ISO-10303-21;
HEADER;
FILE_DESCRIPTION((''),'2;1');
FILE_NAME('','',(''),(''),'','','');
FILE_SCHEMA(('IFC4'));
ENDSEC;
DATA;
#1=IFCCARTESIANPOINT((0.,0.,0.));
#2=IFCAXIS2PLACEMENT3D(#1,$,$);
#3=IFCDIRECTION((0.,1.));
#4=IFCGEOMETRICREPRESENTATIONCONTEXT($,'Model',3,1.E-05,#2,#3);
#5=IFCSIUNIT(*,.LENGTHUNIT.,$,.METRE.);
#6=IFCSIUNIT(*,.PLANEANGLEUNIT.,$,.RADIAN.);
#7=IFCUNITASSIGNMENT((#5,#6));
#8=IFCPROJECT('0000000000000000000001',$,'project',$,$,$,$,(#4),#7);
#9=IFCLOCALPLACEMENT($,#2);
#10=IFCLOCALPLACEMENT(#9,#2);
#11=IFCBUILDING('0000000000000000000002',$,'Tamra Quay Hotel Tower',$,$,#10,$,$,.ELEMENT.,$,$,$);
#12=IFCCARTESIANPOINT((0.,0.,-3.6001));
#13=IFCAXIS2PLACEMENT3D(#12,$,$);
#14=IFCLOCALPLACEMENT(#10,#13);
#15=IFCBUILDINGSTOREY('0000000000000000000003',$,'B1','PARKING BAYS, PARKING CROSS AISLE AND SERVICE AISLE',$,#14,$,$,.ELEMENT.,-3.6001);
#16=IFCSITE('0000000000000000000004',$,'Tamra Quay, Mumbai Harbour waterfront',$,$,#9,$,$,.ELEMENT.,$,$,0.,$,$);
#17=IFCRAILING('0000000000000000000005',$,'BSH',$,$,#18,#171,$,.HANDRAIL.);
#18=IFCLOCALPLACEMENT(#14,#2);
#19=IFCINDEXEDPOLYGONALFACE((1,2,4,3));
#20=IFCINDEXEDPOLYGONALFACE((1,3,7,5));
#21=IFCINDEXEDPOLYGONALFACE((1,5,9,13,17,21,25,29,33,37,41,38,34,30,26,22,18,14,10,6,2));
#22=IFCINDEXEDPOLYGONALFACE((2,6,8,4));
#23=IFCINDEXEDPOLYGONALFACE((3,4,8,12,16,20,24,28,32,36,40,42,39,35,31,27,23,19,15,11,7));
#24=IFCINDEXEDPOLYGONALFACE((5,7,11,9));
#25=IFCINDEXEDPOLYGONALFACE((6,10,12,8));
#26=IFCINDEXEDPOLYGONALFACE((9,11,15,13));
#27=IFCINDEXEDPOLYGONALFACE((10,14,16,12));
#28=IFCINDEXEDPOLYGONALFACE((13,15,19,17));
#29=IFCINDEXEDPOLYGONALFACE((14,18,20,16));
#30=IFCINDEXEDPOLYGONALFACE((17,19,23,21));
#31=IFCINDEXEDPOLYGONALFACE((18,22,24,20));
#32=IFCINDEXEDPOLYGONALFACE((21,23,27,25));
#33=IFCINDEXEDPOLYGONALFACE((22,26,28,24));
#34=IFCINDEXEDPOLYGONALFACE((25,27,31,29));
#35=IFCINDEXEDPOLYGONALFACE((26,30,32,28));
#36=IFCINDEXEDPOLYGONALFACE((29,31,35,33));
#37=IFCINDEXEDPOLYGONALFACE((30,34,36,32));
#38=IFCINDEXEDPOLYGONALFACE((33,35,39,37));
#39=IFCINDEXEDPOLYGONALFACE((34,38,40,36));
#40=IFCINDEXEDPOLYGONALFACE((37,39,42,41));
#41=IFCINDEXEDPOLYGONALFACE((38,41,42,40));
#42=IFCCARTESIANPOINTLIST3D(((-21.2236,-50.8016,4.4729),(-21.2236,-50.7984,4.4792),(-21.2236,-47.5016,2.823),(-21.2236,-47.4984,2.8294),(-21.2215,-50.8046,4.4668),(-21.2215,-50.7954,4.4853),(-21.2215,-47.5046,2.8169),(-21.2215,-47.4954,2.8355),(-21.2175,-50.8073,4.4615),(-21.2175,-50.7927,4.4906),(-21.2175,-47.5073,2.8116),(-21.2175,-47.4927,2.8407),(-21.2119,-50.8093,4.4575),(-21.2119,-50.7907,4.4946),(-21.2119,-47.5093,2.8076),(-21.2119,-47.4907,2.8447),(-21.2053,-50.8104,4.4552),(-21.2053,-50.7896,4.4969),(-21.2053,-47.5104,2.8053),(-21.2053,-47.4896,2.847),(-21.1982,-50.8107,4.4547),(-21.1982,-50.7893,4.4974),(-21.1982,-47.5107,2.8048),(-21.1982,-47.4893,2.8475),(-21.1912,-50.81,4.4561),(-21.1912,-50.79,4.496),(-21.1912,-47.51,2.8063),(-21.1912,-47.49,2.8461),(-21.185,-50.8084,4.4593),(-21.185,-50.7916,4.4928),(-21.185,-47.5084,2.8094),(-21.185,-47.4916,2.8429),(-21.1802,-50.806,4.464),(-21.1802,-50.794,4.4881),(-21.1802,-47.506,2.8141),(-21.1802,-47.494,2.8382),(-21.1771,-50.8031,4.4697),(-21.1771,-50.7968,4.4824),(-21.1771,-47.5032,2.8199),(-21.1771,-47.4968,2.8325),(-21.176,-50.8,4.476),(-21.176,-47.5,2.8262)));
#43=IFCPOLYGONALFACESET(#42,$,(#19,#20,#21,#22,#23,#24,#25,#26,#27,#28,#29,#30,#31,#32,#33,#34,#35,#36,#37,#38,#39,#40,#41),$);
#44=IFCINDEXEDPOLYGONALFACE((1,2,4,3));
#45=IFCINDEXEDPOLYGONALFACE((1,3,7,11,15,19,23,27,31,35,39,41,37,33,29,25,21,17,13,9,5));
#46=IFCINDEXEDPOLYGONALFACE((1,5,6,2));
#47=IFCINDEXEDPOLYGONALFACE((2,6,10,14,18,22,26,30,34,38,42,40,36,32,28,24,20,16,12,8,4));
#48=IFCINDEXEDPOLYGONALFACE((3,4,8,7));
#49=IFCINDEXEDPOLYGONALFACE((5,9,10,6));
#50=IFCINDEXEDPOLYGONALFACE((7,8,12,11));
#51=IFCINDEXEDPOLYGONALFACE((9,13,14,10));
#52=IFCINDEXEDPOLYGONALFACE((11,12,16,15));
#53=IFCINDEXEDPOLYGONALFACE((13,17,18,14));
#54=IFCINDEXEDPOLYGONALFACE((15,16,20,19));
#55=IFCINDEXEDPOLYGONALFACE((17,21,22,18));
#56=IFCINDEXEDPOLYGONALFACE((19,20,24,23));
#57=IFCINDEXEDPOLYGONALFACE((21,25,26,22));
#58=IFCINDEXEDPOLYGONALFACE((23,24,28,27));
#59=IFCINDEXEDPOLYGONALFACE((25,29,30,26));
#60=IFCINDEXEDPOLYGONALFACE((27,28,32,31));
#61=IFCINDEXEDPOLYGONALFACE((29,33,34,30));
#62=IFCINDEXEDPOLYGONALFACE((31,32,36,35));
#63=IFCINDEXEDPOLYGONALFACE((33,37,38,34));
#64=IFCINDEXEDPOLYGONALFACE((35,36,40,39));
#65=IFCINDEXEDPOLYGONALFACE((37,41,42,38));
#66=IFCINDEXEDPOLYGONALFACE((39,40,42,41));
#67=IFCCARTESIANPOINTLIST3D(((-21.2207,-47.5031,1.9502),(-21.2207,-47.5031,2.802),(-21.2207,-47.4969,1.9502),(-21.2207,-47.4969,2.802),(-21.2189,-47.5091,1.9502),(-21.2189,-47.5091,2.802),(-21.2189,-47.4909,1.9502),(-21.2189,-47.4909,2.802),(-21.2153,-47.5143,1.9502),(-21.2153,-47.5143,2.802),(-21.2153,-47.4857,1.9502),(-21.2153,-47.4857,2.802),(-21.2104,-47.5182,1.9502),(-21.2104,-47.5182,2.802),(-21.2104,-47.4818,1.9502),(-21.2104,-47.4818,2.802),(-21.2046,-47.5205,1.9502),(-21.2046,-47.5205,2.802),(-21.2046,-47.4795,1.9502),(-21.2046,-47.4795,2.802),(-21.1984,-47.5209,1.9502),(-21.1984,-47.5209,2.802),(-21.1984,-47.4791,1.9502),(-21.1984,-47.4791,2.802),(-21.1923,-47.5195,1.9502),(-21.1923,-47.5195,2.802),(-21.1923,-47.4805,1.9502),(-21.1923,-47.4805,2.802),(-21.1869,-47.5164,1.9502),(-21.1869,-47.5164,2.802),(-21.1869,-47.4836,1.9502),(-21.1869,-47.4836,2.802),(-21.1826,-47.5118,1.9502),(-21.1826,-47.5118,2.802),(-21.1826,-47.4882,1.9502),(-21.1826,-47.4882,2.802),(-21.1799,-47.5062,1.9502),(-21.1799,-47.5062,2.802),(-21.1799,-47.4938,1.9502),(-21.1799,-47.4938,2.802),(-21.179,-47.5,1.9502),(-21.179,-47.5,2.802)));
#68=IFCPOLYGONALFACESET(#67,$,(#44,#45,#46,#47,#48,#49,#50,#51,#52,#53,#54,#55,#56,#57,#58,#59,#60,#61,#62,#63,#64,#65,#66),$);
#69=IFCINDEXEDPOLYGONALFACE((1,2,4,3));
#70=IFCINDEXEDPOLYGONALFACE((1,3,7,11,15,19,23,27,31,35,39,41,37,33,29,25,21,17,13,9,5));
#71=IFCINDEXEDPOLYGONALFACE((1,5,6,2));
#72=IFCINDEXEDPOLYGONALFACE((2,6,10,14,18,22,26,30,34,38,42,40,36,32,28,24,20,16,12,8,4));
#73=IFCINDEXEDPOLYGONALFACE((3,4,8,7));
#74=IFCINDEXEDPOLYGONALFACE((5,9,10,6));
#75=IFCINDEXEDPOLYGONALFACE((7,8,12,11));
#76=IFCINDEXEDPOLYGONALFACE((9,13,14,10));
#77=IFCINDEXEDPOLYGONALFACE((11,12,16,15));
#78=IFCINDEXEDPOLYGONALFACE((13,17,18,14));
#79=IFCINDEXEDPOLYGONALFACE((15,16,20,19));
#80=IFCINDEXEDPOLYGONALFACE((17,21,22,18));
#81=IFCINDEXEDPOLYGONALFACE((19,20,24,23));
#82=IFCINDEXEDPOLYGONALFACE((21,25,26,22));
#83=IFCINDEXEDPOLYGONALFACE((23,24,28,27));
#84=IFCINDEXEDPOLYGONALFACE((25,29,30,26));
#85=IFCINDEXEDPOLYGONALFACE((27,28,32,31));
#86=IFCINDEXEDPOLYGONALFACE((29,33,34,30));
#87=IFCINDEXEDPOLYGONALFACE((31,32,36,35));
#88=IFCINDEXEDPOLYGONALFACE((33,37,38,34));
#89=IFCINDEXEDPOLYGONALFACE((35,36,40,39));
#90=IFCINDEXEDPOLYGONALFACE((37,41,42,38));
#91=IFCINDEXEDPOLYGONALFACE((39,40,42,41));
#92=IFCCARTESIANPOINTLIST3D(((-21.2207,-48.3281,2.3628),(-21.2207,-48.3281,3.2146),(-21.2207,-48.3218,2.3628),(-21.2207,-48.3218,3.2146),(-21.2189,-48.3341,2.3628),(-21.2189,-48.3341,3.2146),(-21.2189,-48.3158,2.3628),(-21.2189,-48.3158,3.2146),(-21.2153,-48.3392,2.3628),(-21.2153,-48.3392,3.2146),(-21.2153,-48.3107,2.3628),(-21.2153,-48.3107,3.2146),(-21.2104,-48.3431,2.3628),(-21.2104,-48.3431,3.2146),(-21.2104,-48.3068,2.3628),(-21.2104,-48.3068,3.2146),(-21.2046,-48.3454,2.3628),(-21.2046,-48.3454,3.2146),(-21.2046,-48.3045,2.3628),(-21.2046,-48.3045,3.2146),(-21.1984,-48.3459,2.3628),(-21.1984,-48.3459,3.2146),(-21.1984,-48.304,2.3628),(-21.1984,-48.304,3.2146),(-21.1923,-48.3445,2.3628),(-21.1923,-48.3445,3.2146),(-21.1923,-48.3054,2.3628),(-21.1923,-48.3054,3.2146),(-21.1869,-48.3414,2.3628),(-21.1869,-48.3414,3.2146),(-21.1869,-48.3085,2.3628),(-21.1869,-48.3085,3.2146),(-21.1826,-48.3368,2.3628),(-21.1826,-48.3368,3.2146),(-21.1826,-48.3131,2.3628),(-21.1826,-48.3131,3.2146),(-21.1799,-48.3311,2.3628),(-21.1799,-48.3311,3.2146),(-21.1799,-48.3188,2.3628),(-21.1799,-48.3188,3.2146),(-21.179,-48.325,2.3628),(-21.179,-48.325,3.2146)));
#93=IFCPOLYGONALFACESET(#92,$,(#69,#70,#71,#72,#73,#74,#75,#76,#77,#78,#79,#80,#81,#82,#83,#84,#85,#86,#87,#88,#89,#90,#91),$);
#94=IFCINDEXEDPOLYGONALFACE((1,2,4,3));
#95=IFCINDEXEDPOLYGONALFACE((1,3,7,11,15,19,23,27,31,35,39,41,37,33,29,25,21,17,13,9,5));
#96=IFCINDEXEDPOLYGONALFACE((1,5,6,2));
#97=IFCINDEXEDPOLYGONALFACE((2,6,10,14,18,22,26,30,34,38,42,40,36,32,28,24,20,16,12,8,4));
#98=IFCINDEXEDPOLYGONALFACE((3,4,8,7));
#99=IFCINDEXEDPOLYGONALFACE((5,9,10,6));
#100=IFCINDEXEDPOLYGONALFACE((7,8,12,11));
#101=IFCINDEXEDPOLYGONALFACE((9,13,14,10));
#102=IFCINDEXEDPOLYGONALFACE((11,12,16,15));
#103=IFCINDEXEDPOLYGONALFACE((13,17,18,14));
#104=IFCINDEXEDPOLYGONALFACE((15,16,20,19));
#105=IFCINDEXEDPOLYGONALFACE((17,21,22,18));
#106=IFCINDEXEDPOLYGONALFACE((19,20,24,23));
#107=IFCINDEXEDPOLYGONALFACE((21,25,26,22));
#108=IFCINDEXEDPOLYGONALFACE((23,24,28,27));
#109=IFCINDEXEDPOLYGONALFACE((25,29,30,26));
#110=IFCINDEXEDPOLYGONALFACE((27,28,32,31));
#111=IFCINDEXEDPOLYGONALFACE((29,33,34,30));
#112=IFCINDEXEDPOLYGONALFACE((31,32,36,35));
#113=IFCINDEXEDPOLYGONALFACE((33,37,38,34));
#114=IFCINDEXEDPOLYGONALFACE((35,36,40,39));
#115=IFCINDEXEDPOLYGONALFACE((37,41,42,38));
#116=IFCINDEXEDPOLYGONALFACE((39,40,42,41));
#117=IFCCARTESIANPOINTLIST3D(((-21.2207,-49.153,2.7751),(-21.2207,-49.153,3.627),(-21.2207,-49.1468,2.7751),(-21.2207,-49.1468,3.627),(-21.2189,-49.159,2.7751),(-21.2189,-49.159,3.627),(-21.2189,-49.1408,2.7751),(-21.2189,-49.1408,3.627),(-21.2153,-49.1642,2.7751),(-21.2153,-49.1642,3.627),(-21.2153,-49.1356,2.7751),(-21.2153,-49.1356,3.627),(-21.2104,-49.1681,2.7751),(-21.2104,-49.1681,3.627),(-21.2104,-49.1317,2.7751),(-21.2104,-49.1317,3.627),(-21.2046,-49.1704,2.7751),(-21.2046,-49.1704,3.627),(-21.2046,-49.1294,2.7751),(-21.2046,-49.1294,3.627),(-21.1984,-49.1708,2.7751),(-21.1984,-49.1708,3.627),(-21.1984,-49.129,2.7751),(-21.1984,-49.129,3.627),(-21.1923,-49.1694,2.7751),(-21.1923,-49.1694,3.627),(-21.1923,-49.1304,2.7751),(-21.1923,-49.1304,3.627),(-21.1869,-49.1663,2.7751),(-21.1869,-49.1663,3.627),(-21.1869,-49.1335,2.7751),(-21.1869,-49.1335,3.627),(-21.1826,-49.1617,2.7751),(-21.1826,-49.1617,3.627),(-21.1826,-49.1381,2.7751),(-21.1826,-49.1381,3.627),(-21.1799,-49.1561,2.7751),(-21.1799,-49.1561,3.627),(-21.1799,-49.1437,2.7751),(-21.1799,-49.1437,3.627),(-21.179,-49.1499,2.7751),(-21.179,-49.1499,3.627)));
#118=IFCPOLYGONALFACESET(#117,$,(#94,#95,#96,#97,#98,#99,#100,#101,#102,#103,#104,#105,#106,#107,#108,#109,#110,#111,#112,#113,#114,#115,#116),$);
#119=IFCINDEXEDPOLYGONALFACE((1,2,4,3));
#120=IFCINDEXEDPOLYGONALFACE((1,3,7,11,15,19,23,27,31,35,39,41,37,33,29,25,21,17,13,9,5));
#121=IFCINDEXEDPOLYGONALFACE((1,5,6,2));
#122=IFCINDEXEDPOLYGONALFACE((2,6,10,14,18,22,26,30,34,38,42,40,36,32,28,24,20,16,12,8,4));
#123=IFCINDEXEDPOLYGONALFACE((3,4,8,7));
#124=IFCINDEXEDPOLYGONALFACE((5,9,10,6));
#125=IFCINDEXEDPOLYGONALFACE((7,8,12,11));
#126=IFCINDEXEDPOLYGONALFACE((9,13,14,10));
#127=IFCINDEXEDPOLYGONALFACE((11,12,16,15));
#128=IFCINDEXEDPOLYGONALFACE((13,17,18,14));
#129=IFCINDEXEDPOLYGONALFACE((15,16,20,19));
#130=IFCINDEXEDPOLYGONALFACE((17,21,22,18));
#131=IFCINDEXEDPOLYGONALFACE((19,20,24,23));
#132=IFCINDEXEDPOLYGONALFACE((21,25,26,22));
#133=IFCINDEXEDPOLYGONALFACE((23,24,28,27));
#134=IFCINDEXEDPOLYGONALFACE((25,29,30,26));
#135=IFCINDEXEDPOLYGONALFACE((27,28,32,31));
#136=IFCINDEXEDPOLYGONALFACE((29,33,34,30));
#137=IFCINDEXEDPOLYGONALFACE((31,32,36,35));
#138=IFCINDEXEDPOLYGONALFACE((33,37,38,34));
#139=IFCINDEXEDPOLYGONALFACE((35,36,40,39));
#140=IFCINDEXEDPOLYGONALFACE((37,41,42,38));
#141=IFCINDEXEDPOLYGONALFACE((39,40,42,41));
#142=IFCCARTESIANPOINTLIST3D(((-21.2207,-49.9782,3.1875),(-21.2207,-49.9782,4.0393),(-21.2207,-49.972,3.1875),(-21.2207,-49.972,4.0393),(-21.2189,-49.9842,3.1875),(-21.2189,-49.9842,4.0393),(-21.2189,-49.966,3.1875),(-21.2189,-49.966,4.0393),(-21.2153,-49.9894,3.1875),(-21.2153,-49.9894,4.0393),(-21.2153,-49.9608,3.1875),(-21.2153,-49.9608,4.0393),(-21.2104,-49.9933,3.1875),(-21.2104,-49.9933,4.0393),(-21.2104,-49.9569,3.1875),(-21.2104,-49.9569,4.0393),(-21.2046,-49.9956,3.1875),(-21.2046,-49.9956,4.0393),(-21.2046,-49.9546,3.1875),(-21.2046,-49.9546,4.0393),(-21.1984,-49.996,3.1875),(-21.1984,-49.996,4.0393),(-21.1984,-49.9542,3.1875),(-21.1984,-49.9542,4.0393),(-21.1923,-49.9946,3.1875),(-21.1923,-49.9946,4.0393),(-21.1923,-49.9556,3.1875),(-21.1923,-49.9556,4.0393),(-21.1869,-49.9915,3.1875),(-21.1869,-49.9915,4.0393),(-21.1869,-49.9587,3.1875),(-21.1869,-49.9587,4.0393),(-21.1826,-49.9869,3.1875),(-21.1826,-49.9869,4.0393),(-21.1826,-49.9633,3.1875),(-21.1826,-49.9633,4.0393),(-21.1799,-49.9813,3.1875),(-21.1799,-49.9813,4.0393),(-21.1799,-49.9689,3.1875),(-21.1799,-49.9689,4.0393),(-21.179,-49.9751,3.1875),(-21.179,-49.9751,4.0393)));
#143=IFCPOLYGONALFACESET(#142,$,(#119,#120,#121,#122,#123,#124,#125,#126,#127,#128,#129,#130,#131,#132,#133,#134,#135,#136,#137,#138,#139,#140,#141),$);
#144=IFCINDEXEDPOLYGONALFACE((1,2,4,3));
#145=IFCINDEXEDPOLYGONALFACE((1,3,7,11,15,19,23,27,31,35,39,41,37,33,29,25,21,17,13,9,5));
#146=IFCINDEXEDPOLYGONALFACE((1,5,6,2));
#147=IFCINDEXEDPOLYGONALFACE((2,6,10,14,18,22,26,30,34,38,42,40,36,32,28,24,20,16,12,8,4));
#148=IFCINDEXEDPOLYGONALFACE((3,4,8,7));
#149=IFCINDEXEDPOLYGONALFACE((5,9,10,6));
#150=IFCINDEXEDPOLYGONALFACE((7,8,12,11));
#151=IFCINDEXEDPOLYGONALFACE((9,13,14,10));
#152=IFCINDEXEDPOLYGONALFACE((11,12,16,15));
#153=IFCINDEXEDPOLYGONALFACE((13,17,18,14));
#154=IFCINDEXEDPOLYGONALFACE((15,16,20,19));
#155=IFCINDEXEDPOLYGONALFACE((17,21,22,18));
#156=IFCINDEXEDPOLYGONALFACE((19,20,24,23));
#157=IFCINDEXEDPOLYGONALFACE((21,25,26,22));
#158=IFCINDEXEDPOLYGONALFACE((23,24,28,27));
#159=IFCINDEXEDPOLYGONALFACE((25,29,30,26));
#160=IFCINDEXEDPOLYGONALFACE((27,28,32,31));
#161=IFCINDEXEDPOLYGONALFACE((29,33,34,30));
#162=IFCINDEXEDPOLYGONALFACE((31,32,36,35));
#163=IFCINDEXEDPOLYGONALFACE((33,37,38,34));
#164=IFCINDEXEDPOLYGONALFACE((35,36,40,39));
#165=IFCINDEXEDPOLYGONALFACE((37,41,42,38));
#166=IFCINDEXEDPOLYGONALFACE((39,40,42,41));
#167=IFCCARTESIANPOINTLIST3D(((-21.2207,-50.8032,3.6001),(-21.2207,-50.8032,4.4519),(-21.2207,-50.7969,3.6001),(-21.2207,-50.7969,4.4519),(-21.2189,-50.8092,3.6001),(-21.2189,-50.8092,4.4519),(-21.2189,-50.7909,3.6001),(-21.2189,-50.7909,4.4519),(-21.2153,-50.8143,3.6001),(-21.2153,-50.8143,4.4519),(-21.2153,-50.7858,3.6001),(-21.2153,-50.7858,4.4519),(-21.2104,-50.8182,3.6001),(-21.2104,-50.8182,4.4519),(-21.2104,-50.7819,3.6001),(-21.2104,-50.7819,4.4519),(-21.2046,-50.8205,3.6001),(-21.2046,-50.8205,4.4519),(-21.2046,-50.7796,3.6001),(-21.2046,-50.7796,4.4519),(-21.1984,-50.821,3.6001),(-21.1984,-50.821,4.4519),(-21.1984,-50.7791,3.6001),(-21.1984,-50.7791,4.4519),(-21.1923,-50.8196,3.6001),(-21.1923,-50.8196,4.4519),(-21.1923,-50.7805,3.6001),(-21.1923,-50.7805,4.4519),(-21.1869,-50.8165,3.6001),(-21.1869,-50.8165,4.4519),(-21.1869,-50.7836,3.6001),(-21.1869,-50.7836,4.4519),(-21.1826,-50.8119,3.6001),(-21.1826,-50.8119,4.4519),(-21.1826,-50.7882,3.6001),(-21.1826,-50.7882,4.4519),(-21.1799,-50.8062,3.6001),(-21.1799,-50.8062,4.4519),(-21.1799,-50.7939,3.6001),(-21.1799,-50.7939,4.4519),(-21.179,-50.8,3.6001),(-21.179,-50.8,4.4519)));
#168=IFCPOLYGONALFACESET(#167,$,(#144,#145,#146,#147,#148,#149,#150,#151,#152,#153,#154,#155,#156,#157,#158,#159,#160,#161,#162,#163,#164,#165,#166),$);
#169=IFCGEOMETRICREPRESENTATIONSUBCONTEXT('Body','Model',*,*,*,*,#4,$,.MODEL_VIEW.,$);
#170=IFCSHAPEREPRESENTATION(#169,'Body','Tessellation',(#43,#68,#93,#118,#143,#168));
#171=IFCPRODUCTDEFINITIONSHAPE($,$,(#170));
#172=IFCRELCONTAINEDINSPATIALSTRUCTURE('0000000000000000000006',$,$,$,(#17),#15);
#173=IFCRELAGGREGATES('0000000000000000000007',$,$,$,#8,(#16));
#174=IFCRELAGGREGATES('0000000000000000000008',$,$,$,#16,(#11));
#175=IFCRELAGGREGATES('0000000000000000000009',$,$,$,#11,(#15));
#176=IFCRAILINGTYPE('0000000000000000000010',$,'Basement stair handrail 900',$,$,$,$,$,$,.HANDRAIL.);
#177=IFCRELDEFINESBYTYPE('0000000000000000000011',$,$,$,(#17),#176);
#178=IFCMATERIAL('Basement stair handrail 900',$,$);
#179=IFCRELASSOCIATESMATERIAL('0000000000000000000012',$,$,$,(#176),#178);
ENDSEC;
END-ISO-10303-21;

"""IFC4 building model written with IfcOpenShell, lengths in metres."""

from ifc_helpers import new_model, si_unit, direction, frame, origin, origin_2d, place, context, subcontext, project, spatial, circle, extrude, material, type_object, element, save


model = new_model("IFC4")

# Units and contexts
model_context = context("Model", 3, precision=1e-05, world=origin(), true_north=direction((0.0, 1.0)))
body_context = subcontext(model_context, "Body", "Model", "MODEL_VIEW")
ifc_project = project(units=[si_unit("LENGTHUNIT", "METRE"), si_unit("PLANEANGLEUNIT", "RADIAN")], contexts=[model_context])

# Site, building, storey
site_placement = place(None, origin())
site = spatial("IfcSite", under=ifc_project, at=site_placement, Name="Tamra Quay, Mumbai Harbour waterfront", CompositionType="ELEMENT", RefElevation=0.0)
building_placement = place(site_placement, origin())
building = spatial("IfcBuilding", under=site, at=building_placement, Name="Tamra Quay Hotel Tower", CompositionType="ELEMENT")
storey_placement = place(building_placement, frame((0.0, 0.0, -3.6001)))
storey = spatial("IfcBuildingStorey", under=building, at=storey_placement, Name="B1", Description="PARKING BAYS, PARKING CROSS AISLE AND SERVICE AISLE", CompositionType="ELEMENT", Elevation=-3.6001)

# Railing
ifc_material_1 = material(Name="Basement stair handrail 900")
railing_type_1 = type_object("IfcRailingType", Name="Basement stair handrail 900", PredefinedType="HANDRAIL", material=ifc_material_1)
railing_1_placement = place(storey_placement, frame((-21.2, -47.5, 1.9502)))
element("IfcRailing", 1, at=railing_1_placement, inside=storey, type_object=railing_type_1, Name="BSH", PredefinedType="HANDRAIL", context=body_context, shape_type="SweptSolid", body=[
    extrude(circle(Radius=0.0239, at=origin_2d()), frame((0.0, 0.0, 0.876), z_axis=(0.0, -0.89444, 0.447187), x_axis=(1.0, 0.0, 0.0)), (0.0, 0.0, 1.0), 3.6895),
    extrude(circle(Radius=0.021, at=origin_2d()), origin(), (0.0, 0.0, 1.0), 0.8518),
    extrude(circle(Radius=0.021, at=origin_2d()), frame((0.0, -0.825, 0.4126)), (0.0, 0.0, 1.0), 0.8518),
    extrude(circle(Radius=0.021, at=origin_2d()), frame((0.0, -1.6499, 0.825)), (0.0, 0.0, 1.0), 0.8518),
    extrude(circle(Radius=0.021, at=origin_2d()), frame((0.0, -2.4751, 1.2373)), (0.0, 0.0, 1.0), 0.8518),
    extrude(circle(Radius=0.021, at=origin_2d()), frame((0.0, -3.3, 1.6499)), (0.0, 0.0, 1.0), 0.8518),
])

save(model, "model.ifc")
